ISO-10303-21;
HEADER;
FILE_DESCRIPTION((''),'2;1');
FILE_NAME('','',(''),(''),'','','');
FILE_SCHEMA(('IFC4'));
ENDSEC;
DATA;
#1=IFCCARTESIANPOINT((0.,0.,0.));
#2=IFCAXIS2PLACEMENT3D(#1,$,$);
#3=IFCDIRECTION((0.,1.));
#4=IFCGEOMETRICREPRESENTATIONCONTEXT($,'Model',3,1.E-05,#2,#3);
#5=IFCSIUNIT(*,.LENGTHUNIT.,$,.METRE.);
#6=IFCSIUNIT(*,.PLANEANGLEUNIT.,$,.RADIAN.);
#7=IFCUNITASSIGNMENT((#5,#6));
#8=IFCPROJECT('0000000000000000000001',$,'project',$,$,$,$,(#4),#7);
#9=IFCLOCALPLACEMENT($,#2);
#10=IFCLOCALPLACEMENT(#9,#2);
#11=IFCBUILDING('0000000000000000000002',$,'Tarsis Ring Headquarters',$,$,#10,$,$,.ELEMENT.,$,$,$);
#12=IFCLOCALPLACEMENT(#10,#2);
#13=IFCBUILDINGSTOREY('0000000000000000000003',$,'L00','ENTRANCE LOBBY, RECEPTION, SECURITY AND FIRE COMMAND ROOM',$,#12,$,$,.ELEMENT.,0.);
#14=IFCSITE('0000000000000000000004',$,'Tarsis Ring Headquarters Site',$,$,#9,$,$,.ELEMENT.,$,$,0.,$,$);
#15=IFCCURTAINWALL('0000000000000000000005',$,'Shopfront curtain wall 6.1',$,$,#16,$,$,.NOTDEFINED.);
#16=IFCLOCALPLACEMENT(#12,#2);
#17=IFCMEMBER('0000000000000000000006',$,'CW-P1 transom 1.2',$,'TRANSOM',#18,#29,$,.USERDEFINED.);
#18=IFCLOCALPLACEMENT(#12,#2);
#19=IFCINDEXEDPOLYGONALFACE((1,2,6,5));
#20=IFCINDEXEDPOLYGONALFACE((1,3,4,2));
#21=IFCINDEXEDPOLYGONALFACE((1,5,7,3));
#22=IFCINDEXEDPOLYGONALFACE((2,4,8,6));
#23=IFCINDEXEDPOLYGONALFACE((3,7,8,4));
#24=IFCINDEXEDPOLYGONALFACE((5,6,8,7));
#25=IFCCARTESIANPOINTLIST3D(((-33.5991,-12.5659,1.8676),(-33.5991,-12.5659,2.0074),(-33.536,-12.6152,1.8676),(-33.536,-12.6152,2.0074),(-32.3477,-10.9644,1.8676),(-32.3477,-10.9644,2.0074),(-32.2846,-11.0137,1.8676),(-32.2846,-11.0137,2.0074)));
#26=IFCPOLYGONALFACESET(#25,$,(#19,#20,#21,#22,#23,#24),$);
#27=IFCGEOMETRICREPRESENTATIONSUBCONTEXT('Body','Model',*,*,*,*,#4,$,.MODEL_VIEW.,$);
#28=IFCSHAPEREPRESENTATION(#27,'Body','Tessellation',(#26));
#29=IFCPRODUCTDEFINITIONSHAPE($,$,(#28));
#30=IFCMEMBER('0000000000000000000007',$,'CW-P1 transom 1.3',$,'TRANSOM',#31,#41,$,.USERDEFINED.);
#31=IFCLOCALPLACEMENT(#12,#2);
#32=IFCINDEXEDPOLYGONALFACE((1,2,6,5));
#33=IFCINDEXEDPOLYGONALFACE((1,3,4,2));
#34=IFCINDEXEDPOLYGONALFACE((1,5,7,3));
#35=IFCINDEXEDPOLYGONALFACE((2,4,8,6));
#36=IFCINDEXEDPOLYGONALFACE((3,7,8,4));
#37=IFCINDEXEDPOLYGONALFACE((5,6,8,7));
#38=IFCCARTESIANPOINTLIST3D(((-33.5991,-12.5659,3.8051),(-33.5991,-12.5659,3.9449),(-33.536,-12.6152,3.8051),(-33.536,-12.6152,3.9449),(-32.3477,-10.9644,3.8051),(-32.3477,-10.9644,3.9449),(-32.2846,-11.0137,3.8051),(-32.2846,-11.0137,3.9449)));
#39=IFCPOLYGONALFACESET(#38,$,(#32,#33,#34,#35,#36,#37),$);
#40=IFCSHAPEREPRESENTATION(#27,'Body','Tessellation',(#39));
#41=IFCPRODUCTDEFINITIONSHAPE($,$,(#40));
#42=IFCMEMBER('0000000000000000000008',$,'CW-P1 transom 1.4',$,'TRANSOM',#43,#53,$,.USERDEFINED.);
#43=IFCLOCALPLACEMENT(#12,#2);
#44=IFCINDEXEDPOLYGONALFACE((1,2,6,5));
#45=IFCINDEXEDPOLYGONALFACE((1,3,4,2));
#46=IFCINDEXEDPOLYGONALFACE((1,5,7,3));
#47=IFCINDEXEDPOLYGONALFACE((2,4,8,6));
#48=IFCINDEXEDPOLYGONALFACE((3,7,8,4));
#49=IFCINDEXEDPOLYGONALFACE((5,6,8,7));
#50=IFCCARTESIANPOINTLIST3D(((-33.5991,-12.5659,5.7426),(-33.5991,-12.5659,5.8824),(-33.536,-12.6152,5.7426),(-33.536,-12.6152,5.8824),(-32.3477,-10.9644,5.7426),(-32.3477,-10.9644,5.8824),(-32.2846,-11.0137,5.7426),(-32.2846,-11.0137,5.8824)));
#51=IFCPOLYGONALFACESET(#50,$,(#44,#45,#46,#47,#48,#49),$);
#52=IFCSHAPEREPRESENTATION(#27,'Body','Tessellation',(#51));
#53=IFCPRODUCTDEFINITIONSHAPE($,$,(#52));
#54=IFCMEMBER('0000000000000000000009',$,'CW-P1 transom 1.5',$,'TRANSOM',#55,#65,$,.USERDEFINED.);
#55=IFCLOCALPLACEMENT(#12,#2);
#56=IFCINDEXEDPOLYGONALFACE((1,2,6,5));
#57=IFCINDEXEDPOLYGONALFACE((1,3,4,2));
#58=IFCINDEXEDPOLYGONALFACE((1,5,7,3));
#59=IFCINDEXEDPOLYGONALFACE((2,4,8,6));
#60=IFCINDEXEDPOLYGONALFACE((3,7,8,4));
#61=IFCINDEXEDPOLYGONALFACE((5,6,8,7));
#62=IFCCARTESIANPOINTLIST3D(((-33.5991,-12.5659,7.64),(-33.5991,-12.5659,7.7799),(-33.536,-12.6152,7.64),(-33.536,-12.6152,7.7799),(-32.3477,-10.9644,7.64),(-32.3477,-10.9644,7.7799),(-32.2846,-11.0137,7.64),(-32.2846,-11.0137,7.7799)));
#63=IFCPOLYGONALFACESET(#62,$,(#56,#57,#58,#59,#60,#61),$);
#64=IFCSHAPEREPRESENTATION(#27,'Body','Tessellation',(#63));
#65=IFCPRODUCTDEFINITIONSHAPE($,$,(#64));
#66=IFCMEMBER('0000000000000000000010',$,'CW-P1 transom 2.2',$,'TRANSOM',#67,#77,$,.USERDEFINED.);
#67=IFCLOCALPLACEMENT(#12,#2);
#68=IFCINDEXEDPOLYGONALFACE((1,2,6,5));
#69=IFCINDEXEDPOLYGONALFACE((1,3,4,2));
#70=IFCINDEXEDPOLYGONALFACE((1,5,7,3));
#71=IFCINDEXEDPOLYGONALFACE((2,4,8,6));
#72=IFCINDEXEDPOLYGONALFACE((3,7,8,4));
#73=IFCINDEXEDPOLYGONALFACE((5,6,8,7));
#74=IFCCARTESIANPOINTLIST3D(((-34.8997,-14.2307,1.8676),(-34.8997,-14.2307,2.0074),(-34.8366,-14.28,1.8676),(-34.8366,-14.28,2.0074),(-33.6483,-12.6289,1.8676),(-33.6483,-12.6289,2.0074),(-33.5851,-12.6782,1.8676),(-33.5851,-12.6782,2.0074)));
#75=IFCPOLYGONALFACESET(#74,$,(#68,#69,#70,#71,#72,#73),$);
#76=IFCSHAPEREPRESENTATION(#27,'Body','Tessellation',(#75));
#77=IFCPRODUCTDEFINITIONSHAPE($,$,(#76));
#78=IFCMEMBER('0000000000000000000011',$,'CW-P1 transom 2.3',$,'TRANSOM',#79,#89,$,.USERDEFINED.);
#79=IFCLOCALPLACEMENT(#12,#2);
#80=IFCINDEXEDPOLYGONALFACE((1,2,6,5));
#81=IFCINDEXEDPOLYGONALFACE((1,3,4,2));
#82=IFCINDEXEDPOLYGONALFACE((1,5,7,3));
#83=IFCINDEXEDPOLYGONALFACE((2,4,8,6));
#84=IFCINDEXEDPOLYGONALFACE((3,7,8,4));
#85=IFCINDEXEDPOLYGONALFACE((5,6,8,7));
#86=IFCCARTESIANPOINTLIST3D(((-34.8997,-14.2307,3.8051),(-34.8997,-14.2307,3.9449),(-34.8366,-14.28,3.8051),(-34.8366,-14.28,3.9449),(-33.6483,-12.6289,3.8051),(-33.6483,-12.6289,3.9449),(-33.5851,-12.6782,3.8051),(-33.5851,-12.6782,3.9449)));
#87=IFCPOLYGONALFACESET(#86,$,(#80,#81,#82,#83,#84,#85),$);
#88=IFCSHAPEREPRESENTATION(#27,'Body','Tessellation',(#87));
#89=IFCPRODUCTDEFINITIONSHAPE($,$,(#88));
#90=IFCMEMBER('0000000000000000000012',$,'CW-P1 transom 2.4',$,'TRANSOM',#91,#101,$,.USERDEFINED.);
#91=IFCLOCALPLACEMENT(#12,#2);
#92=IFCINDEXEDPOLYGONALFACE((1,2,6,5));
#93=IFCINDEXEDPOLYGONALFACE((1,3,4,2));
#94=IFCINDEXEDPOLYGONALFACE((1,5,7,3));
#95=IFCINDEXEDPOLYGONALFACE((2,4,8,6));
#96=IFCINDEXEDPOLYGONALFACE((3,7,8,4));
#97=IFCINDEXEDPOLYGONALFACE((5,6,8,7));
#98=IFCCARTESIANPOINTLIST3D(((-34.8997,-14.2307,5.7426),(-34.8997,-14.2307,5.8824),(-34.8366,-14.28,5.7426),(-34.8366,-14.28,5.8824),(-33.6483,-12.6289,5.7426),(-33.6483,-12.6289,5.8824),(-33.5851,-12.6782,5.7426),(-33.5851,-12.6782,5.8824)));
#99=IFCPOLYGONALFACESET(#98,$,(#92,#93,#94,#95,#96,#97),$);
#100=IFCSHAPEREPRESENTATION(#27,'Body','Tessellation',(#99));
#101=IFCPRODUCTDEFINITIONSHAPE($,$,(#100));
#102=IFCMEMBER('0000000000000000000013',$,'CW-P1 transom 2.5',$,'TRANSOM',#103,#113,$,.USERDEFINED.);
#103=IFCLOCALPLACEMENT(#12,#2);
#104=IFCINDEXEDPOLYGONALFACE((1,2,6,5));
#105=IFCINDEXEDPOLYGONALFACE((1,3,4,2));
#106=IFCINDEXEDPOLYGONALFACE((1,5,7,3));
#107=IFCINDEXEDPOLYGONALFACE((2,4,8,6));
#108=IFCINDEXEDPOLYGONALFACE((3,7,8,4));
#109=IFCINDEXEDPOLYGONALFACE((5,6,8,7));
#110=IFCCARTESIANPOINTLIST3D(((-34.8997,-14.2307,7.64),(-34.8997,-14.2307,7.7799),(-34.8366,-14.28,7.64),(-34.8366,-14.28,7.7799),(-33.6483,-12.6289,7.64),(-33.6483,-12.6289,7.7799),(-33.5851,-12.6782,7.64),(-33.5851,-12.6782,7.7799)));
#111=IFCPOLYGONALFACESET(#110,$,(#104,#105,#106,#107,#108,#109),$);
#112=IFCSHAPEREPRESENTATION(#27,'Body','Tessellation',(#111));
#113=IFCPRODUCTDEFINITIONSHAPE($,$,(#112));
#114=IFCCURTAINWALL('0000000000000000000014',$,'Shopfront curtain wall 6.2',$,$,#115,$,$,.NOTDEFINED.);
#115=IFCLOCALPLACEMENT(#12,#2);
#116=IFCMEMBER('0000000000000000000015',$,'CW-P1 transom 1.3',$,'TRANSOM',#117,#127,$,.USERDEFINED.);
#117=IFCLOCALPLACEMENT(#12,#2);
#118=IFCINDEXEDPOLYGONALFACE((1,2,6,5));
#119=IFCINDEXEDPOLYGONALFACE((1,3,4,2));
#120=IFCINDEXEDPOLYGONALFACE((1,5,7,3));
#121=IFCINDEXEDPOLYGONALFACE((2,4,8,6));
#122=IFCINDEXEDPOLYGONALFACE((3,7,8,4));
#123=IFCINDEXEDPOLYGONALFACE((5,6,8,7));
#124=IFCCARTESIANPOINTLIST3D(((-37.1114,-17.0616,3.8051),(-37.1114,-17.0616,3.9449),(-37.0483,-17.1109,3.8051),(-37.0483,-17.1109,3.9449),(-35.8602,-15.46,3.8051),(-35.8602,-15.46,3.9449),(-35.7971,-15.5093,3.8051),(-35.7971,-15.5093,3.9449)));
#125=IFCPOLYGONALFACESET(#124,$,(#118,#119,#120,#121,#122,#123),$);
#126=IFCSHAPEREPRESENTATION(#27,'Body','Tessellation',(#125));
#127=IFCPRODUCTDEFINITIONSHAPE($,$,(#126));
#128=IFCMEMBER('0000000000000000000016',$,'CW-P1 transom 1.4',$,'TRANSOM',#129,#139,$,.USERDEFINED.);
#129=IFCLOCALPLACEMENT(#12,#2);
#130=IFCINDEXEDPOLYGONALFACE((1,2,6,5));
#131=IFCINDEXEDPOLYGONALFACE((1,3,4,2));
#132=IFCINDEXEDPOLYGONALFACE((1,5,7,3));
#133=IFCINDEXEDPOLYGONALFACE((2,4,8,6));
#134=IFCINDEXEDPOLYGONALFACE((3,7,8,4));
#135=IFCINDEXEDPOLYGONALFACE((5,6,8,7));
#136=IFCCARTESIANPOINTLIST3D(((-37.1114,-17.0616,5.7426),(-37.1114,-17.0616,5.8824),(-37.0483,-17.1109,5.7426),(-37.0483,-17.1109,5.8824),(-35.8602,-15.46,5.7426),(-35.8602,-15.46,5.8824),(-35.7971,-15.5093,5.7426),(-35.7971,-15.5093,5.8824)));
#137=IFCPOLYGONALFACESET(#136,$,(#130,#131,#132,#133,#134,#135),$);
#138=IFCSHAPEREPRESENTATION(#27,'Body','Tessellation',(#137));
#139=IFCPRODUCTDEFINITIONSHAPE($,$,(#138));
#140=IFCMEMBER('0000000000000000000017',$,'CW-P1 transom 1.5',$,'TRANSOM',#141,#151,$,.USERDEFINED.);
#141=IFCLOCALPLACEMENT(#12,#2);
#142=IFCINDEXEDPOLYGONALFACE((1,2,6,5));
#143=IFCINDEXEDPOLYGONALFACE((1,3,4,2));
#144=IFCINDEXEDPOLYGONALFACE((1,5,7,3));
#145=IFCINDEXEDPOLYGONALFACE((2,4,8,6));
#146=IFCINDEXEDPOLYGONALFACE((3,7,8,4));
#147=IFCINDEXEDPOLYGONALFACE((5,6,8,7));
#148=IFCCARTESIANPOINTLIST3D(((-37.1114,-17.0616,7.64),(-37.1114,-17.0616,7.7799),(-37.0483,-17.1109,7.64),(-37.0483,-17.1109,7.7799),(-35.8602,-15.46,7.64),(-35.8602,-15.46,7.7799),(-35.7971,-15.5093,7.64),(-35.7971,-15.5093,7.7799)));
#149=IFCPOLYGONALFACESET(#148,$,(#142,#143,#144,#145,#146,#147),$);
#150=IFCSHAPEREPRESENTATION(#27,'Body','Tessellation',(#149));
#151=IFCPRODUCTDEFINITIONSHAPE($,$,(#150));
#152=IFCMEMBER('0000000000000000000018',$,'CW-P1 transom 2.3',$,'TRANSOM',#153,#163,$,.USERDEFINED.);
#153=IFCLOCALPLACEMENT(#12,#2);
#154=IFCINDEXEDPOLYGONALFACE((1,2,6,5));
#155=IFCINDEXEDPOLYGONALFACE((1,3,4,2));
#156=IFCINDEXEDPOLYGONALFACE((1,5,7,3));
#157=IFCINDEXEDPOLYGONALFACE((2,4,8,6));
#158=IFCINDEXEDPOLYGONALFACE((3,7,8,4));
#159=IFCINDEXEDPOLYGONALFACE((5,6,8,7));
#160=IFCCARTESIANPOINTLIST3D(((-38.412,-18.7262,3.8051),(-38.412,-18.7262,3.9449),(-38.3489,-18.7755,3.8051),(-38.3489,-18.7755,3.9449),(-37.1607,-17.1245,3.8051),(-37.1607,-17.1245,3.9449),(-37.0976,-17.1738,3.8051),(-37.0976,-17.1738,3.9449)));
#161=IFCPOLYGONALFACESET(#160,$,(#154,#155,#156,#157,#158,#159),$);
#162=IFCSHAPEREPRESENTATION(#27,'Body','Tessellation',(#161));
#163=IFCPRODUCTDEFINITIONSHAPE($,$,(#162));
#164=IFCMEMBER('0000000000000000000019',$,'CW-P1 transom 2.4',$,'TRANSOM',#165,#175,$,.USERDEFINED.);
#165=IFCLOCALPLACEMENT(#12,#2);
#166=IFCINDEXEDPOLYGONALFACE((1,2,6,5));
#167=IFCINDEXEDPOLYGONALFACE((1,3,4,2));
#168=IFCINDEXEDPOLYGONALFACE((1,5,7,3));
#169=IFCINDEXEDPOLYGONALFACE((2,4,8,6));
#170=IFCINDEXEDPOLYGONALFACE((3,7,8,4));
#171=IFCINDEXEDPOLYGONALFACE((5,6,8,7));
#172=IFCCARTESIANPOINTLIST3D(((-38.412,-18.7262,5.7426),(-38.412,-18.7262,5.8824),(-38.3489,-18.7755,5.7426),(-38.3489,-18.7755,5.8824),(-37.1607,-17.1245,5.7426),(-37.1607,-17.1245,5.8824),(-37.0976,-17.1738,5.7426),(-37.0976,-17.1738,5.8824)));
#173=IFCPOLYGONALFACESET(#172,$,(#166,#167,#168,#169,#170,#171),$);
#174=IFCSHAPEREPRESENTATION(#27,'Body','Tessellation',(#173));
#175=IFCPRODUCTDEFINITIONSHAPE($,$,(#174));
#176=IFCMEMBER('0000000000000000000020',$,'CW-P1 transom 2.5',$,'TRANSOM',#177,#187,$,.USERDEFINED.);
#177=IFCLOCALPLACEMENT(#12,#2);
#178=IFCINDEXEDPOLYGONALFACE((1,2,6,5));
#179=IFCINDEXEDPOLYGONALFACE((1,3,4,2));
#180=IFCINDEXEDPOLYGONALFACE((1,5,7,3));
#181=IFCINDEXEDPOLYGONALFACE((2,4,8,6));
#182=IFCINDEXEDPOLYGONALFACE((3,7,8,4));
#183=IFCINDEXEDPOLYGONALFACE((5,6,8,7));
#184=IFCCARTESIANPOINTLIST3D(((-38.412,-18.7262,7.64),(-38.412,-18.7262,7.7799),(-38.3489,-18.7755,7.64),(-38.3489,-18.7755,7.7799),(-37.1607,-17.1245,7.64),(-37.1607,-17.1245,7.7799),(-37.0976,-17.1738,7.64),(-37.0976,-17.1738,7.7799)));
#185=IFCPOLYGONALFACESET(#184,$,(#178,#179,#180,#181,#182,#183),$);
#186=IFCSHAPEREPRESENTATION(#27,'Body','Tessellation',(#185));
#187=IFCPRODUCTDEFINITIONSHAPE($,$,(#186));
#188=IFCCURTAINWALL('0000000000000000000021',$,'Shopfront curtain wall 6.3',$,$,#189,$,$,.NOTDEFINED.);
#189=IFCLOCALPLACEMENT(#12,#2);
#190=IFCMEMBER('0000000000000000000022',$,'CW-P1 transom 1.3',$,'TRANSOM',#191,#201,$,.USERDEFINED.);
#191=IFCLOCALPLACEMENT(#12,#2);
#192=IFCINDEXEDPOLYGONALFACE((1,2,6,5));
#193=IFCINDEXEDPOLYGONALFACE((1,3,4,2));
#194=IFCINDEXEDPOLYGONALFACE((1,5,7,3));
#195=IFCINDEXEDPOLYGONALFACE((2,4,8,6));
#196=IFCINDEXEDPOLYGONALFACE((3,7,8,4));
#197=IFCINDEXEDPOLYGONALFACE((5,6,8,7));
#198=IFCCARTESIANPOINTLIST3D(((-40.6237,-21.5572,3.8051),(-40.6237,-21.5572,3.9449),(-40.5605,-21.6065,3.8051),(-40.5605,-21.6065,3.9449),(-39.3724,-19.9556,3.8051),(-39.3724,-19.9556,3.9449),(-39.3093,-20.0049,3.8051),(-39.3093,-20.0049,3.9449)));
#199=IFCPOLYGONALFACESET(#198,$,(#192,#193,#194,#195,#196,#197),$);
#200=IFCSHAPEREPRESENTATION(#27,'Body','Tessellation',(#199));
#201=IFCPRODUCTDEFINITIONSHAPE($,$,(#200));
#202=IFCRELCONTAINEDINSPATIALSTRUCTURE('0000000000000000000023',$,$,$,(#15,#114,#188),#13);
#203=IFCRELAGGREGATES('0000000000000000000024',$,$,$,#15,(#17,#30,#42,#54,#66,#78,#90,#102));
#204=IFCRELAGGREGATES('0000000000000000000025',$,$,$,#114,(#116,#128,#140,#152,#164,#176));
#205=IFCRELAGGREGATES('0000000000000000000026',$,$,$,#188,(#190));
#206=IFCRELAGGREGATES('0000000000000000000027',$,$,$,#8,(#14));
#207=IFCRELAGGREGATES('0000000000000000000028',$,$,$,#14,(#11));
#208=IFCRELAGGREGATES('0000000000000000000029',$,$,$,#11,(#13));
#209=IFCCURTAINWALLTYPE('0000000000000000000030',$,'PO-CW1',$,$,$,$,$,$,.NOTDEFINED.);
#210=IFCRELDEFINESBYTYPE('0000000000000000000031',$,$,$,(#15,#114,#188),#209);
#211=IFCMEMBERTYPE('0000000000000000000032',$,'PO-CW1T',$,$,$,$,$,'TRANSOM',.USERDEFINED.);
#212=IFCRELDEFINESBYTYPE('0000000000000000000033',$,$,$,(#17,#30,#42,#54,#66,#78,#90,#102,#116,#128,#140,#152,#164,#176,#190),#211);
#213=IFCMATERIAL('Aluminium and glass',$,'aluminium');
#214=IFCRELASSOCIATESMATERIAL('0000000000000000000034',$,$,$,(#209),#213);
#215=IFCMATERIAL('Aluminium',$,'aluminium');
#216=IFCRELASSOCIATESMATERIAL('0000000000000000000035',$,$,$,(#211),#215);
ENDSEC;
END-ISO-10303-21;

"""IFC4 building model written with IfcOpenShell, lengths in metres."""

from ifc_helpers import new_model, si_unit, direction, frame, origin, origin_2d, place, context, subcontext, project, spatial, rectangle, extrude, material, material_profile, profile_set, type_object, element, aggregate, save


model = new_model("IFC4")

# Units and contexts
model_context = context("Model", 3, precision=1e-05, world=origin(), true_north=direction((0.0, 1.0)))
body_context = subcontext(model_context, "Body", "Model", "MODEL_VIEW")
ifc_project = project(units=[si_unit("LENGTHUNIT", "METRE"), si_unit("PLANEANGLEUNIT", "RADIAN")], contexts=[model_context])

# Site, building, storey
site_placement = place(None, origin())
site = spatial("IfcSite", under=ifc_project, at=site_placement, Name="Tarsis Ring Headquarters Site", CompositionType="ELEMENT", RefElevation=0.0)
building_placement = place(site_placement, origin())
building = spatial("IfcBuilding", under=site, at=building_placement, Name="Tarsis Ring Headquarters", CompositionType="ELEMENT")
storey_placement = place(building_placement, origin())
storey = spatial("IfcBuildingStorey", under=building, at=storey_placement, Name="L00", Description="ENTRANCE LOBBY, RECEPTION, SECURITY AND FIRE COMMAND ROOM", CompositionType="ELEMENT", Elevation=0.0)

# Curtain walls, members
ifc_material_1 = material(Name="Aluminium and glass", Category="aluminium")
curtain_wall_type = type_object("IfcCurtainWallType", Name="PO-CW1", PredefinedType="NOTDEFINED", material=ifc_material_1)
curtain_wall_1_placement = place(storey_placement, origin())
curtain_wall_1 = element("IfcCurtainWall", 1, at=curtain_wall_1_placement, inside=storey, type_object=curtain_wall_type, Name="Shopfront curtain wall 6.1", PredefinedType="NOTDEFINED")
ifc_material_2 = material(Name="Aluminium", Category="aluminium")
ifc_material_profile = material_profile(ifc_material_2, rectangle(XDim=0.0801, YDim=0.1399, at=origin_2d()), Name="PO-CW1T")
ifc_profile_set = profile_set([ifc_material_profile], Name="Aluminium")
member_type = type_object("IfcMemberType", Name="PO-CW1T", ElementType="TRANSOM", PredefinedType="USERDEFINED", material=ifc_profile_set)
member_1_placement = place(storey_placement, frame((-32.3162, -10.989, 1.9375), z_axis=(-0.615719, -0.787966, 0.0), x_axis=(0.787966, -0.615719, 0.0)))
member_1 = element("IfcMember", 2, at=member_1_placement, type_object=member_type, Name="CW-P1 transom 1.2", ObjectType="TRANSOM", PredefinedType="USERDEFINED", context=body_context, shape_type="SweptSolid", body=[
    extrude(rectangle(XDim=0.0801, YDim=0.1399, at=origin_2d()), origin(), (0.0, 0.0, 1.0), 2.0325),
])
member_2_placement = place(storey_placement, frame((-32.3162, -10.989, 3.875), z_axis=(-0.615719, -0.787966, 0.0), x_axis=(0.787966, -0.615719, 0.0)))
member_2 = element("IfcMember", 3, at=member_2_placement, type_object=member_type, Name="CW-P1 transom 1.3", ObjectType="TRANSOM", PredefinedType="USERDEFINED", context=body_context, shape_type="SweptSolid", body=[
    extrude(rectangle(XDim=0.0801, YDim=0.1399, at=origin_2d()), origin(), (0.0, 0.0, 1.0), 2.0325),
])
member_3_placement = place(storey_placement, frame((-32.3162, -10.989, 5.8125), z_axis=(-0.615719, -0.787966, 0.0), x_axis=(0.787966, -0.615719, 0.0)))
member_3 = element("IfcMember", 4, at=member_3_placement, type_object=member_type, Name="CW-P1 transom 1.4", ObjectType="TRANSOM", PredefinedType="USERDEFINED", context=body_context, shape_type="SweptSolid", body=[
    extrude(rectangle(XDim=0.0801, YDim=0.1399, at=origin_2d()), origin(), (0.0, 0.0, 1.0), 2.0325),
])
member_4_placement = place(storey_placement, frame((-32.3162, -10.989, 7.71), z_axis=(-0.615719, -0.787966, 0.0), x_axis=(0.787966, -0.615719, 0.0)))
member_4 = element("IfcMember", 5, at=member_4_placement, type_object=member_type, Name="CW-P1 transom 1.5", ObjectType="TRANSOM", PredefinedType="USERDEFINED", context=body_context, shape_type="SweptSolid", body=[
    extrude(rectangle(XDim=0.0801, YDim=0.1399, at=origin_2d()), origin(), (0.0, 0.0, 1.0), 2.0325),
])
member_5_placement = place(storey_placement, frame((-33.6167, -12.6536, 1.9375), z_axis=(-0.61566, -0.788012, 0.0), x_axis=(0.788012, -0.61566, 0.0)))
member_5 = element("IfcMember", 6, at=member_5_placement, type_object=member_type, Name="CW-P1 transom 2.2", ObjectType="TRANSOM", PredefinedType="USERDEFINED", context=body_context, shape_type="SweptSolid", body=[
    extrude(rectangle(XDim=0.0801, YDim=0.1399, at=origin_2d()), origin(), (0.0, 0.0, 1.0), 2.0327),
])
member_6_placement = place(storey_placement, frame((-33.6167, -12.6536, 3.875), z_axis=(-0.61566, -0.788012, 0.0), x_axis=(0.788012, -0.61566, 0.0)))
member_6 = element("IfcMember", 7, at=member_6_placement, type_object=member_type, Name="CW-P1 transom 2.3", ObjectType="TRANSOM", PredefinedType="USERDEFINED", context=body_context, shape_type="SweptSolid", body=[
    extrude(rectangle(XDim=0.0801, YDim=0.1399, at=origin_2d()), origin(), (0.0, 0.0, 1.0), 2.0327),
])
member_7_placement = place(storey_placement, frame((-33.6167, -12.6536, 5.8125), z_axis=(-0.61566, -0.788012, 0.0), x_axis=(0.788012, -0.61566, 0.0)))
member_7 = element("IfcMember", 8, at=member_7_placement, type_object=member_type, Name="CW-P1 transom 2.4", ObjectType="TRANSOM", PredefinedType="USERDEFINED", context=body_context, shape_type="SweptSolid", body=[
    extrude(rectangle(XDim=0.0801, YDim=0.1399, at=origin_2d()), origin(), (0.0, 0.0, 1.0), 2.0327),
])
member_8_placement = place(storey_placement, frame((-33.6167, -12.6536, 7.71), z_axis=(-0.61566, -0.788012, 0.0), x_axis=(0.788012, -0.61566, 0.0)))
member_8 = element("IfcMember", 9, at=member_8_placement, type_object=member_type, Name="CW-P1 transom 2.5", ObjectType="TRANSOM", PredefinedType="USERDEFINED", context=body_context, shape_type="SweptSolid", body=[
    extrude(rectangle(XDim=0.0801, YDim=0.1399, at=origin_2d()), origin(), (0.0, 0.0, 1.0), 2.0327),
])
curtain_wall_2_placement = place(storey_placement, origin())
curtain_wall_2 = element("IfcCurtainWall", 10, at=curtain_wall_2_placement, inside=storey, type_object=curtain_wall_type, Name="Shopfront curtain wall 6.2", PredefinedType="NOTDEFINED")
member_9_placement = place(storey_placement, frame((-35.8286, -15.4846, 3.875), z_axis=(-0.615644, -0.788024, 0.0), x_axis=(0.788024, -0.615644, 0.0)))
member_9 = element("IfcMember", 11, at=member_9_placement, type_object=member_type, Name="CW-P1 transom 1.3", ObjectType="TRANSOM", PredefinedType="USERDEFINED", context=body_context, shape_type="SweptSolid", body=[
    extrude(rectangle(XDim=0.0801, YDim=0.1399, at=origin_2d()), origin(), (0.0, 0.0, 1.0), 2.0325),
])
member_10_placement = place(storey_placement, frame((-35.8286, -15.4846, 5.8125), z_axis=(-0.615644, -0.788024, 0.0), x_axis=(0.788024, -0.615644, 0.0)))
member_10 = element("IfcMember", 12, at=member_10_placement, type_object=member_type, Name="CW-P1 transom 1.4", ObjectType="TRANSOM", PredefinedType="USERDEFINED", context=body_context, shape_type="SweptSolid", body=[
    extrude(rectangle(XDim=0.0801, YDim=0.1399, at=origin_2d()), origin(), (0.0, 0.0, 1.0), 2.0325),
])
member_11_placement = place(storey_placement, frame((-35.8286, -15.4846, 7.71), z_axis=(-0.615644, -0.788024, 0.0), x_axis=(0.788024, -0.615644, 0.0)))
member_11 = element("IfcMember", 13, at=member_11_placement, type_object=member_type, Name="CW-P1 transom 1.5", ObjectType="TRANSOM", PredefinedType="USERDEFINED", context=body_context, shape_type="SweptSolid", body=[
    extrude(rectangle(XDim=0.0801, YDim=0.1399, at=origin_2d()), origin(), (0.0, 0.0, 1.0), 2.0325),
])
member_12_placement = place(storey_placement, frame((-37.1292, -17.1492, 3.875), z_axis=(-0.615644, -0.788024, 0.0), x_axis=(0.788024, -0.615644, 0.0)))
member_12 = element("IfcMember", 14, at=member_12_placement, type_object=member_type, Name="CW-P1 transom 2.3", ObjectType="TRANSOM", PredefinedType="USERDEFINED", context=body_context, shape_type="SweptSolid", body=[
    extrude(rectangle(XDim=0.0801, YDim=0.1399, at=origin_2d()), origin(), (0.0, 0.0, 1.0), 2.0325),
])
member_13_placement = place(storey_placement, frame((-37.1292, -17.1492, 5.8125), z_axis=(-0.615644, -0.788024, 0.0), x_axis=(0.788024, -0.615644, 0.0)))
member_13 = element("IfcMember", 15, at=member_13_placement, type_object=member_type, Name="CW-P1 transom 2.4", ObjectType="TRANSOM", PredefinedType="USERDEFINED", context=body_context, shape_type="SweptSolid", body=[
    extrude(rectangle(XDim=0.0801, YDim=0.1399, at=origin_2d()), origin(), (0.0, 0.0, 1.0), 2.0325),
])
member_14_placement = place(storey_placement, frame((-37.1292, -17.1492, 7.71), z_axis=(-0.615644, -0.788024, 0.0), x_axis=(0.788024, -0.615644, 0.0)))
member_14 = element("IfcMember", 16, at=member_14_placement, type_object=member_type, Name="CW-P1 transom 2.5", ObjectType="TRANSOM", PredefinedType="USERDEFINED", context=body_context, shape_type="SweptSolid", body=[
    extrude(rectangle(XDim=0.0801, YDim=0.1399, at=origin_2d()), origin(), (0.0, 0.0, 1.0), 2.0325),
])
curtain_wall_3_placement = place(storey_placement, origin())
curtain_wall_3 = element("IfcCurtainWall", 17, at=curtain_wall_3_placement, inside=storey, type_object=curtain_wall_type, Name="Shopfront curtain wall 6.3", PredefinedType="NOTDEFINED")
member_15_placement = place(storey_placement, frame((-39.3408, -19.9802, 3.875), z_axis=(-0.615644, -0.788024, 0.0), x_axis=(0.788024, -0.615644, 0.0)))
member_15 = element("IfcMember", 18, at=member_15_placement, type_object=member_type, Name="CW-P1 transom 1.3", ObjectType="TRANSOM", PredefinedType="USERDEFINED", context=body_context, shape_type="SweptSolid", body=[
    extrude(rectangle(XDim=0.0801, YDim=0.1399, at=origin_2d()), origin(), (0.0, 0.0, 1.0), 2.0325),
])

aggregate(curtain_wall_1, [member_1, member_2, member_3, member_4, member_5, member_6, member_7, member_8])
aggregate(curtain_wall_2, [member_9, member_10, member_11, member_12, member_13, member_14])
aggregate(curtain_wall_3, [member_15])

save(model, "model.ifc")
